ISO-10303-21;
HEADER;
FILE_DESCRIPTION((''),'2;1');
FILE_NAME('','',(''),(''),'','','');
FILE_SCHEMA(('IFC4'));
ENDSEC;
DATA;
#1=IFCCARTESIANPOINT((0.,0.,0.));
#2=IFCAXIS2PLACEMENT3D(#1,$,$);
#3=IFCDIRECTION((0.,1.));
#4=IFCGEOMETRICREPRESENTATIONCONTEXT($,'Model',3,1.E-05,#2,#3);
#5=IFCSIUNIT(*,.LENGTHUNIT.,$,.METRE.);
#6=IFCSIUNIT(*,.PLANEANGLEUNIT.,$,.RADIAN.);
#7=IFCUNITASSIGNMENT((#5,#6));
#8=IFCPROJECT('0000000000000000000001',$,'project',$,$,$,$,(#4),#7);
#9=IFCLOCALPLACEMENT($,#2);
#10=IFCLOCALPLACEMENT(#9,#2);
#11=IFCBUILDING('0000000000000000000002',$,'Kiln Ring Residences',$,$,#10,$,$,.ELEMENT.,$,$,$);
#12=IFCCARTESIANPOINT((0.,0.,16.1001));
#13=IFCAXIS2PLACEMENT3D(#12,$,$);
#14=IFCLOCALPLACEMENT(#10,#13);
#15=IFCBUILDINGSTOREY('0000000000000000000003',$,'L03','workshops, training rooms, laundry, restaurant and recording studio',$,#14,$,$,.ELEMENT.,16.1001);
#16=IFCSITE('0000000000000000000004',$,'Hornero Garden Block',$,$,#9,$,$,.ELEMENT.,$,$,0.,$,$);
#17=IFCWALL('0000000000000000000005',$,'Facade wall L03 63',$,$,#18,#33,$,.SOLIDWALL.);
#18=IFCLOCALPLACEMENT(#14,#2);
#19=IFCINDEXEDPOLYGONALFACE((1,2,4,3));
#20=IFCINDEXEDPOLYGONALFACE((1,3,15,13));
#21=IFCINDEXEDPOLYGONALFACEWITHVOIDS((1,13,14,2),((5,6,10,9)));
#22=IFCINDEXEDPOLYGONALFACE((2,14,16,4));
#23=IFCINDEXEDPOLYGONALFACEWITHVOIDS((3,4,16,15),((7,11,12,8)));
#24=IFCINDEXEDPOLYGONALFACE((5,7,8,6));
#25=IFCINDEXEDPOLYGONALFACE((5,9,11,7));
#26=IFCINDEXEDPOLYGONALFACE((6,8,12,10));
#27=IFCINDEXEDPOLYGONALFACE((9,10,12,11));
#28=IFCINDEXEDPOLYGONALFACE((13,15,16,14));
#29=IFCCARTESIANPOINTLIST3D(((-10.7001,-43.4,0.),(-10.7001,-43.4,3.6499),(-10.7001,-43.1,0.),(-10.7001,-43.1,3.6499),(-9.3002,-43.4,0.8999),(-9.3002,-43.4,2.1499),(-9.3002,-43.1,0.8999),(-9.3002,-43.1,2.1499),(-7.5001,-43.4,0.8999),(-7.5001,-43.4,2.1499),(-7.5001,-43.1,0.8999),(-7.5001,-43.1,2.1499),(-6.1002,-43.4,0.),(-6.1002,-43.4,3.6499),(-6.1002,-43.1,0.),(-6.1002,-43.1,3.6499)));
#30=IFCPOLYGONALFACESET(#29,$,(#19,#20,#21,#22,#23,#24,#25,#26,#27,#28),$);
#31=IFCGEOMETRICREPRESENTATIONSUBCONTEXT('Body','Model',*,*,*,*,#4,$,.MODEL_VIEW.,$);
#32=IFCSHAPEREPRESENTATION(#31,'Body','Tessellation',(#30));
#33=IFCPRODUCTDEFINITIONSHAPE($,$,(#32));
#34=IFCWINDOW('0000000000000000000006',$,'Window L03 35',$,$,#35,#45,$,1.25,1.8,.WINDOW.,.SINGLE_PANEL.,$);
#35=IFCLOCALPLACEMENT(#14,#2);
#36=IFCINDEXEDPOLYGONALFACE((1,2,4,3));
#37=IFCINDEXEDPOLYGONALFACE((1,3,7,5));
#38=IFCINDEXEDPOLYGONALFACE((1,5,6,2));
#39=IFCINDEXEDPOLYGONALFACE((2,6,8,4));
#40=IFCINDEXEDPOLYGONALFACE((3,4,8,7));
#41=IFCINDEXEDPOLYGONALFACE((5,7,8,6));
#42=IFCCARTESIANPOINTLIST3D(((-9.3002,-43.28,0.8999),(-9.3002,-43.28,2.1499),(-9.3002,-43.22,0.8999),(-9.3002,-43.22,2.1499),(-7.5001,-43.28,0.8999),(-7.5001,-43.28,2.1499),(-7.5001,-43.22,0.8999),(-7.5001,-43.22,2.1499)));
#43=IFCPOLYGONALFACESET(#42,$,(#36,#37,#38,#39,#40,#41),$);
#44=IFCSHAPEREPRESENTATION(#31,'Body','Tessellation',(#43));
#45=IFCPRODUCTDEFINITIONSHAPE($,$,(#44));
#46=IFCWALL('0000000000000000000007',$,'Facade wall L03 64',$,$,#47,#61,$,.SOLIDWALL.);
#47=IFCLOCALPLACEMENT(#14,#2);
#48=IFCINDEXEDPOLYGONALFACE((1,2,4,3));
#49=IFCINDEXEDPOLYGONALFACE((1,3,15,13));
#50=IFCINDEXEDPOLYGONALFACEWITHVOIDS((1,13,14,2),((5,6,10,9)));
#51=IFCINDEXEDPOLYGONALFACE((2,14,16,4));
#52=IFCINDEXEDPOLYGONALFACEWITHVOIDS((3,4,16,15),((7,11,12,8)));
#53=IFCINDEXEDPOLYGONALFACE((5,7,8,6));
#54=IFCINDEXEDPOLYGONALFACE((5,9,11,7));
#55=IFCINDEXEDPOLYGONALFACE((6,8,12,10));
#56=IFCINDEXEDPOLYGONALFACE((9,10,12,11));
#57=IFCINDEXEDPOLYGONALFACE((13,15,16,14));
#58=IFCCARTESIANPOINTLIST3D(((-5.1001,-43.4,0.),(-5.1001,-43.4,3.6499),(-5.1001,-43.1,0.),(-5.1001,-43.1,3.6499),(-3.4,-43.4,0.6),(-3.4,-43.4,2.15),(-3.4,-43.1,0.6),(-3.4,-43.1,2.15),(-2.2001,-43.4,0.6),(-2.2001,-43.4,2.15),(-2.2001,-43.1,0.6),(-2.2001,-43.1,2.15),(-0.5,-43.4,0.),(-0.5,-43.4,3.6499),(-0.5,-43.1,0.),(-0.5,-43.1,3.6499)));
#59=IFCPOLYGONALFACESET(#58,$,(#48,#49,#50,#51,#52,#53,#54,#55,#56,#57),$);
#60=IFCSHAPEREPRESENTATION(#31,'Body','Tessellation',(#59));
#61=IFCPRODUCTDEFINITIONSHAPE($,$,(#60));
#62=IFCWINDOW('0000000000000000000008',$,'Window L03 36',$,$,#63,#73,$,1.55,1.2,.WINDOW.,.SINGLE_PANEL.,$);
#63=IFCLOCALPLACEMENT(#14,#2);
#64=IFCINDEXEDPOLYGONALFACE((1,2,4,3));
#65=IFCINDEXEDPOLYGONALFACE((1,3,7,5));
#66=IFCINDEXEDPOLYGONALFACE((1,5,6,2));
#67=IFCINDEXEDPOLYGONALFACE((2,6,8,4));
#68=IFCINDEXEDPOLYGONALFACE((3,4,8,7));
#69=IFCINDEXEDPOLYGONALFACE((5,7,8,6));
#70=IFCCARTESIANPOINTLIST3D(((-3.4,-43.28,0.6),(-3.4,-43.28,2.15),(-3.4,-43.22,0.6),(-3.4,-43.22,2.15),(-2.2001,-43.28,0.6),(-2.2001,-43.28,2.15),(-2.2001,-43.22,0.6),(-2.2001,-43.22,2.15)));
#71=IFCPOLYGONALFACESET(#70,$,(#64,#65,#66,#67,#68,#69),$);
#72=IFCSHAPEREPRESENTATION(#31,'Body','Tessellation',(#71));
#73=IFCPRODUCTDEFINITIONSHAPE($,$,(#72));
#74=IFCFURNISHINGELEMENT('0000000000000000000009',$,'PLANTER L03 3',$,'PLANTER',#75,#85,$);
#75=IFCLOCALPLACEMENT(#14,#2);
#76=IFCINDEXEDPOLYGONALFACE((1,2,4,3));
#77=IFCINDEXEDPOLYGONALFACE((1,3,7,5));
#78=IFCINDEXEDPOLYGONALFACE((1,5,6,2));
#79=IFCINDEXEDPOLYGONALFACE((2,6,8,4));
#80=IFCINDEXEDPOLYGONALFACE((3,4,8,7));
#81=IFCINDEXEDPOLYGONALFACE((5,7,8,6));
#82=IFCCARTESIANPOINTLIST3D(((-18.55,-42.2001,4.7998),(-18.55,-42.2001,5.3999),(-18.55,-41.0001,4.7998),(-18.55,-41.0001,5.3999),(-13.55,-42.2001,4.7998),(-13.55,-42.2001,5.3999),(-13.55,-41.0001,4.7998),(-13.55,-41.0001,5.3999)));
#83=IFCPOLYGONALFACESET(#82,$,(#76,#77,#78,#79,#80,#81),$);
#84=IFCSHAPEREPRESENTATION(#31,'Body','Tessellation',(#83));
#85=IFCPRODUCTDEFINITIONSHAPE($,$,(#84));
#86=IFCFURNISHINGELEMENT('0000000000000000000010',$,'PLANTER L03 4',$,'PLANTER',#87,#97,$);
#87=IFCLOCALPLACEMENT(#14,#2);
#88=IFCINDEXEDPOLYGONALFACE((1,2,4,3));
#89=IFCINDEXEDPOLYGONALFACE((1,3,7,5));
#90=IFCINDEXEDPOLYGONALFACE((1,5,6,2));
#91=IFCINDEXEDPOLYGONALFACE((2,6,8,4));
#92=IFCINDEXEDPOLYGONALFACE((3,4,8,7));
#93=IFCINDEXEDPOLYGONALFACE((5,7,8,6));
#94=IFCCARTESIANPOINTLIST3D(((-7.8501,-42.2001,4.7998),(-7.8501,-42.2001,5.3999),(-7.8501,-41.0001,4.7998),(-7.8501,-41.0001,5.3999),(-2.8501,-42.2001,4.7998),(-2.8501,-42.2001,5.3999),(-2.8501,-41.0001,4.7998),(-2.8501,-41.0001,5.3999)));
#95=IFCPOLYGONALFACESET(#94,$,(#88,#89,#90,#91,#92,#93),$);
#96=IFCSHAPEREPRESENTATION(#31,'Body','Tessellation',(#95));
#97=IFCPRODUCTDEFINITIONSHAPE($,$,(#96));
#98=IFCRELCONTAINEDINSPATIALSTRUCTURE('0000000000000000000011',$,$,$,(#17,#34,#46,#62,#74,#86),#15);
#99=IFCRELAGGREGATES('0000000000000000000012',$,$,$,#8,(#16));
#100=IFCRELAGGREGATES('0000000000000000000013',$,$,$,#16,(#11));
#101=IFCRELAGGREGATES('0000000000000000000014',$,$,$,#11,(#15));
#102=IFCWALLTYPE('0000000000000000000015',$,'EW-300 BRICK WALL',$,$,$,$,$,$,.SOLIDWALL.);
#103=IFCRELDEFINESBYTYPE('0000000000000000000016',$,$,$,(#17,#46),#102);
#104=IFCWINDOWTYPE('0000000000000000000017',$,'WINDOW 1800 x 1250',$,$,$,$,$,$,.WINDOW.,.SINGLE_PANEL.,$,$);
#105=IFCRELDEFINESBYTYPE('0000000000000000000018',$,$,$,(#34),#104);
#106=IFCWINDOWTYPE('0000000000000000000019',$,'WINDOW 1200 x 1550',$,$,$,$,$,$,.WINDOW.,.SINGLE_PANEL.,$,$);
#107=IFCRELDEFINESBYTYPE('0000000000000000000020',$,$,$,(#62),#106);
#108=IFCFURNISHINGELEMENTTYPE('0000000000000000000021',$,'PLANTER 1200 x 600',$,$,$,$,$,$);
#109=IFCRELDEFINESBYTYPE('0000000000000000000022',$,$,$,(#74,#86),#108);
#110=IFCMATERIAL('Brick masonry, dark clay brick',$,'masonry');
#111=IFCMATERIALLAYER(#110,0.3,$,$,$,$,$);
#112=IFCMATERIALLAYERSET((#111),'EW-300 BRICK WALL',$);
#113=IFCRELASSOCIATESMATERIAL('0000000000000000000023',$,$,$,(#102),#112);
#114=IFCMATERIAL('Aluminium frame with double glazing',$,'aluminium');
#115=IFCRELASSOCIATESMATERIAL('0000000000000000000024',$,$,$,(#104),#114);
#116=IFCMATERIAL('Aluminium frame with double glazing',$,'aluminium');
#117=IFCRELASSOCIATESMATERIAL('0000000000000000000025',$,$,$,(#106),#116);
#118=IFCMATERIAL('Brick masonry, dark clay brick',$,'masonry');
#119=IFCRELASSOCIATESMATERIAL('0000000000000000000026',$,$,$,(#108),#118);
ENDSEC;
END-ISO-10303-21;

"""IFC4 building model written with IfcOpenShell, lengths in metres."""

from ifc_helpers import new_model, si_unit, direction, frame, frame_2d, origin, origin_2d, place, context, subcontext, project, spatial, rectangle, extrude, material, layer, layer_set, type_object, element, fill, save


model = new_model("IFC4")

# Units and contexts
model_context = context("Model", 3, precision=1e-05, world=origin(), true_north=direction((0.0, 1.0)))
body_context = subcontext(model_context, "Body", "Model", "MODEL_VIEW")
ifc_project = project(units=[si_unit("LENGTHUNIT", "METRE"), si_unit("PLANEANGLEUNIT", "RADIAN")], contexts=[model_context])

# Site, building, storey
site_placement = place(None, origin())
site = spatial("IfcSite", under=ifc_project, at=site_placement, Name="Hornero Garden Block", CompositionType="ELEMENT", RefElevation=0.0)
building_placement = place(site_placement, origin())
building = spatial("IfcBuilding", under=site, at=building_placement, Name="Kiln Ring Residences", CompositionType="ELEMENT")
storey_placement = place(building_placement, frame((0.0, 0.0, 16.1001)))
storey = spatial("IfcBuildingStorey", under=building, at=storey_placement, Name="L03", Description="workshops, training rooms, laundry, restaurant and recording studio", CompositionType="ELEMENT", Elevation=16.1001)

# Walls, openings, windows
ifc_material_1 = material(Name="Brick masonry, dark clay brick", Category="masonry")
ifc_layer = layer(ifc_material_1, 0.3)
ifc_layer_set = layer_set([ifc_layer], Name="EW-300 BRICK WALL")
wall_type = type_object("IfcWallType", Name="EW-300 BRICK WALL", PredefinedType="SOLIDWALL", material=ifc_layer_set)
wall_1_placement = place(storey_placement, frame((-10.7, -43.25, 0.0), z_axis=(0.0, 0.0, 1.0), x_axis=(1.0, 0.0, 0.0)))
wall_1 = element("IfcWall", 1, at=wall_1_placement, inside=storey, type_object=wall_type, Name="Facade wall L03 63", PredefinedType="SOLIDWALL", context=body_context, shape_type="SweptSolid", body=[
    extrude(rectangle(XDim=4.5999, YDim=0.3, at=frame_2d((2.2998, 0.0))), origin(), (0.0, 0.0, 1.0), 3.6499),
])
opening_1_placement = place(wall_1_placement, frame((1.3999, 0.0, 0.8999)))
opening_1 = element("IfcOpeningElement", 2, at=opening_1_placement, cuts=wall_1, PredefinedType="OPENING", context=body_context, shape_type="SweptSolid", body=[
    extrude(rectangle(XDim=1.8, YDim=1.25, at=frame_2d((0.8999, 0.625))), frame((0.0, 0.1599, 0.0), z_axis=(0.0, -1.0, 0.0), x_axis=(1.0, 0.0, 0.0)), (0.0, 0.0, 1.0), 0.3201),
])
ifc_material_2 = material(Name="Aluminium frame with double glazing", Category="aluminium")
window_type_1 = type_object("IfcWindowType", Name="WINDOW 1800 x 1250", PartitioningType="SINGLE_PANEL", PredefinedType="WINDOW", material=ifc_material_2)
window_1_placement = place(opening_1_placement, origin())
window_1 = element("IfcWindow", 3, at=window_1_placement, inside=storey, type_object=window_type_1, Name="Window L03 35", OverallHeight=1.25, OverallWidth=1.8, PartitioningType="SINGLE_PANEL", PredefinedType="WINDOW", context=body_context, shape_type="SweptSolid", body=[
    extrude(rectangle(XDim=1.8, YDim=1.25, at=frame_2d((0.8999, 0.625))), frame((0.0, 0.03, 0.0), z_axis=(0.0, -1.0, 0.0), x_axis=(1.0, 0.0, 0.0)), (0.0, 0.0, 1.0), 0.0601),
])
fill(opening_1, window_1)
wall_2_placement = place(storey_placement, frame((-5.1001, -43.25, 0.0), z_axis=(0.0, 0.0, 1.0), x_axis=(1.0, 0.0, 0.0)))
wall_2 = element("IfcWall", 4, at=wall_2_placement, inside=storey, type_object=wall_type, Name="Facade wall L03 64", PredefinedType="SOLIDWALL", context=body_context, shape_type="SweptSolid", body=[
    extrude(rectangle(XDim=4.6001, YDim=0.3, at=frame_2d((2.3, 0.0))), origin(), (0.0, 0.0, 1.0), 3.6499),
])
opening_2_placement = place(wall_2_placement, frame((1.7, 0.0, 0.6001)))
opening_2 = element("IfcOpeningElement", 5, at=opening_2_placement, cuts=wall_2, PredefinedType="OPENING", context=body_context, shape_type="SweptSolid", body=[
    extrude(rectangle(XDim=1.2, YDim=1.55, at=frame_2d((0.6001, 0.7749))), frame((0.0, 0.1599, 0.0), z_axis=(0.0, -1.0, 0.0), x_axis=(1.0, 0.0, 0.0)), (0.0, 0.0, 1.0), 0.3201),
])
ifc_material_3 = material(Name="Aluminium frame with double glazing", Category="aluminium")
window_type_2 = type_object("IfcWindowType", Name="WINDOW 1200 x 1550", PartitioningType="SINGLE_PANEL", PredefinedType="WINDOW", material=ifc_material_3)
window_2_placement = place(opening_2_placement, origin())
window_2 = element("IfcWindow", 6, at=window_2_placement, inside=storey, type_object=window_type_2, Name="Window L03 36", OverallHeight=1.55, OverallWidth=1.2, PartitioningType="SINGLE_PANEL", PredefinedType="WINDOW", context=body_context, shape_type="SweptSolid", body=[
    extrude(rectangle(XDim=1.2, YDim=1.55, at=frame_2d((0.6001, 0.7749))), frame((0.0, 0.03, 0.0), z_axis=(0.0, -1.0, 0.0), x_axis=(1.0, 0.0, 0.0)), (0.0, 0.0, 1.0), 0.0601),
])
fill(opening_2, window_2)

# Furnishing elements
ifc_material_4 = material(Name="Brick masonry, dark clay brick", Category="masonry")
furnishing_element_type = type_object("IfcFurnishingElementType", Name="PLANTER 1200 x 600", material=ifc_material_4)
for number, where, z_axis, x_axis, name in (
    (7, (-16.05, -41.6001, 4.7998), (0.0, 0.0, 1.0), (1.0, 0.0, 0.0), "PLANTER L03 3"),
    (8, (-5.3501, -41.6001, 4.7998), (0.0, 0.0, 1.0), (1.0, 0.0, 0.0), "PLANTER L03 4"),
):
    element("IfcFurnishingElement", number, at=place(storey_placement, frame(where, z_axis=z_axis, x_axis=x_axis)), inside=storey, type_object=furnishing_element_type, Name=name, ObjectType="PLANTER", context=body_context, shape_type="SweptSolid", body=[
        extrude(rectangle(XDim=5.0, YDim=1.2, at=origin_2d()), origin(), (0.0, 0.0, 1.0), 0.6001),
    ])

save(model, "model.ifc")
